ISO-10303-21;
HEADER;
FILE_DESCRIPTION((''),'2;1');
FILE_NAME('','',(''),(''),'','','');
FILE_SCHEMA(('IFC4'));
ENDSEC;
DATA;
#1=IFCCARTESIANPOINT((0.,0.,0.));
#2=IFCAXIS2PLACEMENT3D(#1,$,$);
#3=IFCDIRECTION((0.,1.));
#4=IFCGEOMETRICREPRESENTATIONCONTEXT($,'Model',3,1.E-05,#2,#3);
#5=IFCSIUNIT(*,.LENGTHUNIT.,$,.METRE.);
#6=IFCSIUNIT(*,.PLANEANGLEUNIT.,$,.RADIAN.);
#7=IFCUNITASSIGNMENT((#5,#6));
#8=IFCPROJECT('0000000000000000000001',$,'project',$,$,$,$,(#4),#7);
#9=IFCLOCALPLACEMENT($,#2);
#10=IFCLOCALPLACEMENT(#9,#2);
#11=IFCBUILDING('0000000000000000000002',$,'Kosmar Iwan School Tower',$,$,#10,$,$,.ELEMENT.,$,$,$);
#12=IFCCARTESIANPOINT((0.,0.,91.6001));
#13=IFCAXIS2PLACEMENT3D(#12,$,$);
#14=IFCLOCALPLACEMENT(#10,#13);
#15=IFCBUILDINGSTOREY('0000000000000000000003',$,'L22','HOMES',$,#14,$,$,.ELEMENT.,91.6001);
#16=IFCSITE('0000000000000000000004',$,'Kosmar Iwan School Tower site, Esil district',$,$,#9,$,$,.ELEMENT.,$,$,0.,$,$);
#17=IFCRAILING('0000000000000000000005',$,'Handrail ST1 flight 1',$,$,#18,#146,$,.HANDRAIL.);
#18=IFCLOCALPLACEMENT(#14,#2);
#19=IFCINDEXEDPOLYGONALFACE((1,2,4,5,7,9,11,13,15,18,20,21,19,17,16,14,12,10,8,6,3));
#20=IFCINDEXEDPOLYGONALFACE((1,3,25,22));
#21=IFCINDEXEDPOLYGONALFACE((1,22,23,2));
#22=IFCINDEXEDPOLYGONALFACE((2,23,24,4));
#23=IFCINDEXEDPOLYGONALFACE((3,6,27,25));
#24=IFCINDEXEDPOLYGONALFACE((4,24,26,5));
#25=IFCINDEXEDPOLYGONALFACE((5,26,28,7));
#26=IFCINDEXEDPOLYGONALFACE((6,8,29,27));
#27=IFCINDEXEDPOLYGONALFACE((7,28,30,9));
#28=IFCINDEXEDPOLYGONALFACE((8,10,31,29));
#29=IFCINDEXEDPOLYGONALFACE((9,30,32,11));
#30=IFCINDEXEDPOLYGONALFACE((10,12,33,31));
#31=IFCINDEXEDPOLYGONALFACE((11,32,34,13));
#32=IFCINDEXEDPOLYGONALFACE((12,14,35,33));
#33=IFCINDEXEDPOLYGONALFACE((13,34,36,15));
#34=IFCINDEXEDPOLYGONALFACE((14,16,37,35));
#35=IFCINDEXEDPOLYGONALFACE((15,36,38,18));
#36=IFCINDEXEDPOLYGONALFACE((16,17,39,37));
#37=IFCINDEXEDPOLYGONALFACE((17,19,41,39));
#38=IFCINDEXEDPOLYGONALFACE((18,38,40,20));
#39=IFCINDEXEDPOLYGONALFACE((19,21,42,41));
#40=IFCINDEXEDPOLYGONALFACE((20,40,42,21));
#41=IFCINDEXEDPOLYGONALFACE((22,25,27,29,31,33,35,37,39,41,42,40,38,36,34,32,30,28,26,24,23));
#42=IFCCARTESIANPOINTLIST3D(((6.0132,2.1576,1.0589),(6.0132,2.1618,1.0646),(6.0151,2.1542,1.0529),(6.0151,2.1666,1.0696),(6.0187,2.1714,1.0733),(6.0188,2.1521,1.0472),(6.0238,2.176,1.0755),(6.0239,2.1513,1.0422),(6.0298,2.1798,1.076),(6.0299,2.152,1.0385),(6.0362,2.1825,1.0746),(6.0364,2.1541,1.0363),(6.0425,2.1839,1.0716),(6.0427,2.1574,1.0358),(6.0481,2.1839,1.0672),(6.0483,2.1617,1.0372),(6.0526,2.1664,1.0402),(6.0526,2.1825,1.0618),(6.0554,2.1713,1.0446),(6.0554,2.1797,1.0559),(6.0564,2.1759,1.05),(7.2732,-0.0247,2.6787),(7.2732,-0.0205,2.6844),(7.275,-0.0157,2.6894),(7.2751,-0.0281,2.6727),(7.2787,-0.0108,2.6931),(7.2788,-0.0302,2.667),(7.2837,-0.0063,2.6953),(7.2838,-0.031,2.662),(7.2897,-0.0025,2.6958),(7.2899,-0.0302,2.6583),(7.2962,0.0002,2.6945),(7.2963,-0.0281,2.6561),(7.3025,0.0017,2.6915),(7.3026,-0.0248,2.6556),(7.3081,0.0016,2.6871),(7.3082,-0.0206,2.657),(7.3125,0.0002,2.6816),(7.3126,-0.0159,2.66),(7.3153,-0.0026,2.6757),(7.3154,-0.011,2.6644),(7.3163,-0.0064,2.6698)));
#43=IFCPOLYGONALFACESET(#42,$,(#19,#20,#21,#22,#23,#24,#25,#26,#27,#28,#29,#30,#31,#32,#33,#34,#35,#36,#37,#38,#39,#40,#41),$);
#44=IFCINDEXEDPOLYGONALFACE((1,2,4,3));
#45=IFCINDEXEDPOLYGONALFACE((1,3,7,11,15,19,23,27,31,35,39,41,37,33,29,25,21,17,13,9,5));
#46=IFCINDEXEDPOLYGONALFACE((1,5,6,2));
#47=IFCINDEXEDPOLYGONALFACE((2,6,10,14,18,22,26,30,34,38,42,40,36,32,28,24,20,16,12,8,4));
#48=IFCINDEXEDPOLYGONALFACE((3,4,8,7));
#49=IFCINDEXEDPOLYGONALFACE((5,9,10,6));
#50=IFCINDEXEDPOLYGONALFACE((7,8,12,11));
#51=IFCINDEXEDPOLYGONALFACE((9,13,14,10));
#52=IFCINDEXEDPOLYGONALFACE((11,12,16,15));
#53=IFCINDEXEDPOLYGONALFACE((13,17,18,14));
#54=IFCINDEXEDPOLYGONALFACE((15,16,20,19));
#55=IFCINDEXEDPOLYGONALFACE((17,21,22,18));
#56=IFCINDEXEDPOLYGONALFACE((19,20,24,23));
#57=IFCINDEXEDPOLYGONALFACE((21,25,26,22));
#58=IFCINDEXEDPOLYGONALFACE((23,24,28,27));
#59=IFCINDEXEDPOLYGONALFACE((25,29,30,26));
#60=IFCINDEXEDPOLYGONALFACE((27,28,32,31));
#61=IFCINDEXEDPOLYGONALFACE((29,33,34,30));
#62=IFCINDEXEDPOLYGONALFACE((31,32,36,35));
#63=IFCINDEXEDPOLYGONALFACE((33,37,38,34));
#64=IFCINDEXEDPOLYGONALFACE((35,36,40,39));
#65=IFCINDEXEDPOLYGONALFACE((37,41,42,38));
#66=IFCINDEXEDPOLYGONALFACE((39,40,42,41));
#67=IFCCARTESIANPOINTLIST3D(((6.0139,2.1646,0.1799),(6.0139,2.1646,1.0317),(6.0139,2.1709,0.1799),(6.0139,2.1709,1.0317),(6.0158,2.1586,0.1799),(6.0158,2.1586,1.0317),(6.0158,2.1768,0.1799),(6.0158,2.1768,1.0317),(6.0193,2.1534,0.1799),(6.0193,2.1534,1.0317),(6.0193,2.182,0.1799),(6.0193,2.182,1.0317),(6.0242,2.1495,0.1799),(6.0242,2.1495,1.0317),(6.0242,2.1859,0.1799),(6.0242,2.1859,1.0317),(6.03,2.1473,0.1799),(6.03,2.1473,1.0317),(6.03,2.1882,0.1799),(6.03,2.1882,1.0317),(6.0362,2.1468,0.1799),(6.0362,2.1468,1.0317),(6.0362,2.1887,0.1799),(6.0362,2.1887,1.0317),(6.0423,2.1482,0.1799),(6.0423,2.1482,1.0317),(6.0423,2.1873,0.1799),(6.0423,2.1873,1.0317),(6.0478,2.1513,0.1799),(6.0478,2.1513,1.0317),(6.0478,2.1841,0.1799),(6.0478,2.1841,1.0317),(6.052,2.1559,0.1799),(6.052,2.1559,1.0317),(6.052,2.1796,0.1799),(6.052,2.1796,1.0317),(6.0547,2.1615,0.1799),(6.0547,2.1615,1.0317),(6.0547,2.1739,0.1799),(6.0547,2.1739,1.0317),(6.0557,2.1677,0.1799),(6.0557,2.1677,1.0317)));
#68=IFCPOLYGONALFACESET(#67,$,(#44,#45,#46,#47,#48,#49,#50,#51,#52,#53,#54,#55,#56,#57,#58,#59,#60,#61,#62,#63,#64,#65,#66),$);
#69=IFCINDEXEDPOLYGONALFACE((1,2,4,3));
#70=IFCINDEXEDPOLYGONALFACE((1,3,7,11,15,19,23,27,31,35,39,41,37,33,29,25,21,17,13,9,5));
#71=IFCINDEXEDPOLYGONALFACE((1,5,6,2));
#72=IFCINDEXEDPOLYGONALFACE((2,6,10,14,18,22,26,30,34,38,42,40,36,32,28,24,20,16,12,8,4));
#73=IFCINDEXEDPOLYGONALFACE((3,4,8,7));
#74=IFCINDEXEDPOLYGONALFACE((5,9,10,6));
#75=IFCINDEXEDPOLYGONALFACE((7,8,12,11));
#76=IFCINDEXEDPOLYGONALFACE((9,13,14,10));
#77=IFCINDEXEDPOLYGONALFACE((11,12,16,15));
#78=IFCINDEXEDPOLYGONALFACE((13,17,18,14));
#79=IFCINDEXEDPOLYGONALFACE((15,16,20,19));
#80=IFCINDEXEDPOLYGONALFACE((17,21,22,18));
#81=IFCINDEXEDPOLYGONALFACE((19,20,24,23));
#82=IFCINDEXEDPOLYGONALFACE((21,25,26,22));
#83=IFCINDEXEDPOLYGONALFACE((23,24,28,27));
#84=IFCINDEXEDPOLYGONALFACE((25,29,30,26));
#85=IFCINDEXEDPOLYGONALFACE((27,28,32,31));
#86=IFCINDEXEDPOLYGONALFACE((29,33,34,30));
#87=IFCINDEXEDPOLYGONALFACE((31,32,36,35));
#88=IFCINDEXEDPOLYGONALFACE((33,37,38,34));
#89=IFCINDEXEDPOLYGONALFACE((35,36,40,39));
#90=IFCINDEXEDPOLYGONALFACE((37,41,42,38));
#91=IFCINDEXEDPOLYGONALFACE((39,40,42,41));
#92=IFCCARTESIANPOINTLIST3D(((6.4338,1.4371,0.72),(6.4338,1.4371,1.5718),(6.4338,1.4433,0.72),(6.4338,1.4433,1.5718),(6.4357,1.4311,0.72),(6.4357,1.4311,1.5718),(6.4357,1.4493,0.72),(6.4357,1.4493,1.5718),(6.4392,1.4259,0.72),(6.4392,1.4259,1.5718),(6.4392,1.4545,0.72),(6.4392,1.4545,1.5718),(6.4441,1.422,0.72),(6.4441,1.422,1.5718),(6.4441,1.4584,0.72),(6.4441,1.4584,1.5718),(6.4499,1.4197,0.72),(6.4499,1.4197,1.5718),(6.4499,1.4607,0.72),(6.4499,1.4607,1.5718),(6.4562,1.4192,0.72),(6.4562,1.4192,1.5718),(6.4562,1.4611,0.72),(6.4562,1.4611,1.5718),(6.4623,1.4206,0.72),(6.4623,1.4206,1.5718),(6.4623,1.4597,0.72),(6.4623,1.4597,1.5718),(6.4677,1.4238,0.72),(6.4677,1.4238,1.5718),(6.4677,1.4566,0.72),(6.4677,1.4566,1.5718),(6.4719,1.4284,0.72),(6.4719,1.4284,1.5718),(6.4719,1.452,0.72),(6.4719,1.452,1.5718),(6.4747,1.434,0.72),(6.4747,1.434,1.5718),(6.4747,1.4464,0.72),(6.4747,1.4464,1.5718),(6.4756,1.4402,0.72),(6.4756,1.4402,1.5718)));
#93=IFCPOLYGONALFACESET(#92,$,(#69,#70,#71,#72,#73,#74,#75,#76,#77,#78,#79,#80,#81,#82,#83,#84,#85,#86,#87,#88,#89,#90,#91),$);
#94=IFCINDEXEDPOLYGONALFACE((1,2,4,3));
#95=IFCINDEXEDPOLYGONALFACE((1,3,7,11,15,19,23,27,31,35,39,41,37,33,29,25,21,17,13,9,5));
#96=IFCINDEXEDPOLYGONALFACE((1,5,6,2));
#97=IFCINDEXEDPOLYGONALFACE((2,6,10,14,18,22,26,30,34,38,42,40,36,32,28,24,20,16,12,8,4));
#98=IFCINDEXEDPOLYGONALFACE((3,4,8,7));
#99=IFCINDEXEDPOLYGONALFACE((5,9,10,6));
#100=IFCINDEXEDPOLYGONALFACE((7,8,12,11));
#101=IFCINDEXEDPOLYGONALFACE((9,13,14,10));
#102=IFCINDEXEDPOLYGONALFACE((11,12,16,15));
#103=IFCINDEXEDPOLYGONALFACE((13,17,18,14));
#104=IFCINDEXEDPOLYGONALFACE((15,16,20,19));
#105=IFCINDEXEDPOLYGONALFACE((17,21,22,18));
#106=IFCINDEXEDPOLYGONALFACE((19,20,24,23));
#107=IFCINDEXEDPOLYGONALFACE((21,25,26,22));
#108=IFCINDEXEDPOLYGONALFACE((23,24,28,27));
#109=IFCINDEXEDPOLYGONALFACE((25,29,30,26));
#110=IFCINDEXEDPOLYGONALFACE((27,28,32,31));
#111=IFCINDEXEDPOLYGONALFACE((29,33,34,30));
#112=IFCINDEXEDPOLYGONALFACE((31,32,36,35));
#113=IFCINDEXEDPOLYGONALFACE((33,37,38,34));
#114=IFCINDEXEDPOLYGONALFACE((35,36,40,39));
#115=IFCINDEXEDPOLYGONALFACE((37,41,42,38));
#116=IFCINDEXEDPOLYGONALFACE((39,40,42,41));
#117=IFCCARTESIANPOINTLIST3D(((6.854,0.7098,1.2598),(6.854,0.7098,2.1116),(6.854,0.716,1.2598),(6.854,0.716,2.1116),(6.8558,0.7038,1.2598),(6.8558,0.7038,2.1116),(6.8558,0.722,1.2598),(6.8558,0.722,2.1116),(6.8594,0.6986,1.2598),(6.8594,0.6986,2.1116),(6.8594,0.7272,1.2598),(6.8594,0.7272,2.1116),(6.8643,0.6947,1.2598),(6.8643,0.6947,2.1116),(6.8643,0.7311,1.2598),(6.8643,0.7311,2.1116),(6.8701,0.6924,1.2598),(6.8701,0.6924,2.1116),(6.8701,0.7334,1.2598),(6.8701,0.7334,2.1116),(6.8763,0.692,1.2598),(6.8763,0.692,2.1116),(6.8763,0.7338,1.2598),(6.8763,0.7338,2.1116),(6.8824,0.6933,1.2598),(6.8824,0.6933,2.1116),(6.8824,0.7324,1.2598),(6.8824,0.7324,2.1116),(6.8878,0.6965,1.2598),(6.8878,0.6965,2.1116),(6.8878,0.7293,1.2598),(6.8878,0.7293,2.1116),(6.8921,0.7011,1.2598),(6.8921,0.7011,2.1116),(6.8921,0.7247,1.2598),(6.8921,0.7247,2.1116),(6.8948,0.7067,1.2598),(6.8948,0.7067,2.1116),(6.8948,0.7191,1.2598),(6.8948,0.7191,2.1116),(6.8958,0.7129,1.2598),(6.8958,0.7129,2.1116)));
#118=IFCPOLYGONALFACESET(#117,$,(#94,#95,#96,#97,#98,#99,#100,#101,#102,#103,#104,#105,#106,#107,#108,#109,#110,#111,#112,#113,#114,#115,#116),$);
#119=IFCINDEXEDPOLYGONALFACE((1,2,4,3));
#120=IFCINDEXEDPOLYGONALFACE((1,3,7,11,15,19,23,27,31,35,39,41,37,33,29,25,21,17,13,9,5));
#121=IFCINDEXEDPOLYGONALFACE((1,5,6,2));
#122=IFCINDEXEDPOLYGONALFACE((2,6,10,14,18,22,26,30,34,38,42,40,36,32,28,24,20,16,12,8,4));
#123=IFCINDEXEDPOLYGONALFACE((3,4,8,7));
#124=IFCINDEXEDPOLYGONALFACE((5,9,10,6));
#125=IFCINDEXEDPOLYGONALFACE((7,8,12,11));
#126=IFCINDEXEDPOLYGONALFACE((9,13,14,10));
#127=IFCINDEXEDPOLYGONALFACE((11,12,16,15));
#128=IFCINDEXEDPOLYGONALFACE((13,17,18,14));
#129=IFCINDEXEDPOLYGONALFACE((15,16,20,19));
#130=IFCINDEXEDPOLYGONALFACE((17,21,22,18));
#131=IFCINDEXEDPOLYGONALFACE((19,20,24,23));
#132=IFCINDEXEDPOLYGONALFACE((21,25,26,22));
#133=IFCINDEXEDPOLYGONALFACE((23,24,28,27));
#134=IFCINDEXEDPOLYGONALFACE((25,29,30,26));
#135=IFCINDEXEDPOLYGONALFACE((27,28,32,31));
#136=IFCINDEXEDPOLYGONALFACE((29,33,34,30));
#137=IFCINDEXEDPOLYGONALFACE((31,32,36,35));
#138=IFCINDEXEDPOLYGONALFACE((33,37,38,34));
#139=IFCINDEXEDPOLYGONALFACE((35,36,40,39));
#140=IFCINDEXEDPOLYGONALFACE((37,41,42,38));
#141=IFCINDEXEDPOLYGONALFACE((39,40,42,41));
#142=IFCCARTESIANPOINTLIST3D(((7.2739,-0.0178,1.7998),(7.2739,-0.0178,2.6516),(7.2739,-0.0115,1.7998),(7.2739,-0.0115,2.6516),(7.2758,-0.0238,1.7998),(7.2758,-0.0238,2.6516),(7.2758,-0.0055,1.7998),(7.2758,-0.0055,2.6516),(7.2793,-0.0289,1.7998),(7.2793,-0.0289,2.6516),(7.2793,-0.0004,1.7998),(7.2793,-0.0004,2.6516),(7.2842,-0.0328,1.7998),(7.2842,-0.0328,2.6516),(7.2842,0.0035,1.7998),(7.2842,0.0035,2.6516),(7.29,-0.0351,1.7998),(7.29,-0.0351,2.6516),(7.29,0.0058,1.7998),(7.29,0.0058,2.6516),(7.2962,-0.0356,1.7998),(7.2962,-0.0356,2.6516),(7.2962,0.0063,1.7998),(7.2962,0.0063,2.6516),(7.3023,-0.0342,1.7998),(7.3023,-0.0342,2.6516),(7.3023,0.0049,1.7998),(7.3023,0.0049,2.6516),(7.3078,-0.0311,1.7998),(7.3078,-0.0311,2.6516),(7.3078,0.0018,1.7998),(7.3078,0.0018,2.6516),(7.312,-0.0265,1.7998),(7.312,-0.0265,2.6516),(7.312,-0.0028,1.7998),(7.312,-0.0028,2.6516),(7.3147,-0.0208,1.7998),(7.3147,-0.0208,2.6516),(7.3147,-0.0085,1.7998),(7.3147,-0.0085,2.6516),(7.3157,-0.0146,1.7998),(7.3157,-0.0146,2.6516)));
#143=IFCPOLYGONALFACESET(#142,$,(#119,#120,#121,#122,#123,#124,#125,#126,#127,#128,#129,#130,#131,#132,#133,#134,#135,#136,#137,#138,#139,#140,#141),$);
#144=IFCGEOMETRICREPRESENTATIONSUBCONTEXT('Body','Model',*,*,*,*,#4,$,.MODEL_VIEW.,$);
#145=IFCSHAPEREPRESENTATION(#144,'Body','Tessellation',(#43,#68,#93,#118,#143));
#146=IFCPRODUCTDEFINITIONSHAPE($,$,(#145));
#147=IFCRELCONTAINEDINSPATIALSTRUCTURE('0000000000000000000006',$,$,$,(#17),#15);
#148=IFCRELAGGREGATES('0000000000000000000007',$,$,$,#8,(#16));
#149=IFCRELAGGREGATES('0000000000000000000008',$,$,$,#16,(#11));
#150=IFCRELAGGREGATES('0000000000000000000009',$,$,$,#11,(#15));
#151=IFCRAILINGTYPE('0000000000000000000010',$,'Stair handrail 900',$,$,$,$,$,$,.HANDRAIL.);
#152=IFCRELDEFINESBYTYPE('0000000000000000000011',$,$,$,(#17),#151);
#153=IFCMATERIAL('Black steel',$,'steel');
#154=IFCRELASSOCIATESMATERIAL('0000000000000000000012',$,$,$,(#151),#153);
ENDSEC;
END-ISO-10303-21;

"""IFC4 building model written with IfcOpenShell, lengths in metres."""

from ifc_helpers import new_model, si_unit, direction, frame, origin, origin_2d, place, context, subcontext, project, spatial, circle, extrude, material, type_object, element, save


model = new_model("IFC4")

# Units and contexts
model_context = context("Model", 3, precision=1e-05, world=origin(), true_north=direction((0.0, 1.0)))
body_context = subcontext(model_context, "Body", "Model", "MODEL_VIEW")
ifc_project = project(units=[si_unit("LENGTHUNIT", "METRE"), si_unit("PLANEANGLEUNIT", "RADIAN")], contexts=[model_context])

# Site, building, storey
site_placement = place(None, origin())
site = spatial("IfcSite", under=ifc_project, at=site_placement, Name="Kosmar Iwan School Tower site, Esil district", CompositionType="ELEMENT", RefElevation=0.0)
building_placement = place(site_placement, origin())
building = spatial("IfcBuilding", under=site, at=building_placement, Name="Kosmar Iwan School Tower", CompositionType="ELEMENT")
storey_placement = place(building_placement, frame((0.0, 0.0, 91.6001)))
storey = spatial("IfcBuildingStorey", under=building, at=storey_placement, Name="L22", Description="HOMES", CompositionType="ELEMENT", Elevation=91.6001)

# Railing
ifc_material_1 = material(Name="Black steel", Category="steel")
railing_type = type_object("IfcRailingType", Name="Stair handrail 900", PredefinedType="HANDRAIL", material=ifc_material_1)
railing_placement = place(storey_placement, frame((6.0347, 2.1677, 0.1799)))
element("IfcRailing", 1, at=railing_placement, inside=storey, type_object=railing_type, Name="Handrail ST1 flight 1", PredefinedType="HANDRAIL", context=body_context, shape_type="SweptSolid", body=[
    extrude(circle(Radius=0.0239, at=origin_2d()), frame((0.0, 0.0, 0.876), z_axis=(0.420603, -0.728496, 0.540728), x_axis=(0.866023, 0.500005, 0.0)), (0.0, 0.0, 1.0), 2.9956),
    extrude(circle(Radius=0.021, at=origin_2d()), origin(), (0.0, 0.0, 1.0), 0.8518),
    extrude(circle(Radius=0.021, at=origin_2d()), frame((0.4199, -0.7275, 0.54)), (0.0, 0.0, 1.0), 0.8518),
    extrude(circle(Radius=0.021, at=origin_2d()), frame((0.8401, -1.4548, 1.0798)), (0.0, 0.0, 1.0), 0.8518),
    extrude(circle(Radius=0.021, at=origin_2d()), frame((1.26, -2.1824, 1.6199)), (0.0, 0.0, 1.0), 0.8518),
])

save(model, "model.ifc")
